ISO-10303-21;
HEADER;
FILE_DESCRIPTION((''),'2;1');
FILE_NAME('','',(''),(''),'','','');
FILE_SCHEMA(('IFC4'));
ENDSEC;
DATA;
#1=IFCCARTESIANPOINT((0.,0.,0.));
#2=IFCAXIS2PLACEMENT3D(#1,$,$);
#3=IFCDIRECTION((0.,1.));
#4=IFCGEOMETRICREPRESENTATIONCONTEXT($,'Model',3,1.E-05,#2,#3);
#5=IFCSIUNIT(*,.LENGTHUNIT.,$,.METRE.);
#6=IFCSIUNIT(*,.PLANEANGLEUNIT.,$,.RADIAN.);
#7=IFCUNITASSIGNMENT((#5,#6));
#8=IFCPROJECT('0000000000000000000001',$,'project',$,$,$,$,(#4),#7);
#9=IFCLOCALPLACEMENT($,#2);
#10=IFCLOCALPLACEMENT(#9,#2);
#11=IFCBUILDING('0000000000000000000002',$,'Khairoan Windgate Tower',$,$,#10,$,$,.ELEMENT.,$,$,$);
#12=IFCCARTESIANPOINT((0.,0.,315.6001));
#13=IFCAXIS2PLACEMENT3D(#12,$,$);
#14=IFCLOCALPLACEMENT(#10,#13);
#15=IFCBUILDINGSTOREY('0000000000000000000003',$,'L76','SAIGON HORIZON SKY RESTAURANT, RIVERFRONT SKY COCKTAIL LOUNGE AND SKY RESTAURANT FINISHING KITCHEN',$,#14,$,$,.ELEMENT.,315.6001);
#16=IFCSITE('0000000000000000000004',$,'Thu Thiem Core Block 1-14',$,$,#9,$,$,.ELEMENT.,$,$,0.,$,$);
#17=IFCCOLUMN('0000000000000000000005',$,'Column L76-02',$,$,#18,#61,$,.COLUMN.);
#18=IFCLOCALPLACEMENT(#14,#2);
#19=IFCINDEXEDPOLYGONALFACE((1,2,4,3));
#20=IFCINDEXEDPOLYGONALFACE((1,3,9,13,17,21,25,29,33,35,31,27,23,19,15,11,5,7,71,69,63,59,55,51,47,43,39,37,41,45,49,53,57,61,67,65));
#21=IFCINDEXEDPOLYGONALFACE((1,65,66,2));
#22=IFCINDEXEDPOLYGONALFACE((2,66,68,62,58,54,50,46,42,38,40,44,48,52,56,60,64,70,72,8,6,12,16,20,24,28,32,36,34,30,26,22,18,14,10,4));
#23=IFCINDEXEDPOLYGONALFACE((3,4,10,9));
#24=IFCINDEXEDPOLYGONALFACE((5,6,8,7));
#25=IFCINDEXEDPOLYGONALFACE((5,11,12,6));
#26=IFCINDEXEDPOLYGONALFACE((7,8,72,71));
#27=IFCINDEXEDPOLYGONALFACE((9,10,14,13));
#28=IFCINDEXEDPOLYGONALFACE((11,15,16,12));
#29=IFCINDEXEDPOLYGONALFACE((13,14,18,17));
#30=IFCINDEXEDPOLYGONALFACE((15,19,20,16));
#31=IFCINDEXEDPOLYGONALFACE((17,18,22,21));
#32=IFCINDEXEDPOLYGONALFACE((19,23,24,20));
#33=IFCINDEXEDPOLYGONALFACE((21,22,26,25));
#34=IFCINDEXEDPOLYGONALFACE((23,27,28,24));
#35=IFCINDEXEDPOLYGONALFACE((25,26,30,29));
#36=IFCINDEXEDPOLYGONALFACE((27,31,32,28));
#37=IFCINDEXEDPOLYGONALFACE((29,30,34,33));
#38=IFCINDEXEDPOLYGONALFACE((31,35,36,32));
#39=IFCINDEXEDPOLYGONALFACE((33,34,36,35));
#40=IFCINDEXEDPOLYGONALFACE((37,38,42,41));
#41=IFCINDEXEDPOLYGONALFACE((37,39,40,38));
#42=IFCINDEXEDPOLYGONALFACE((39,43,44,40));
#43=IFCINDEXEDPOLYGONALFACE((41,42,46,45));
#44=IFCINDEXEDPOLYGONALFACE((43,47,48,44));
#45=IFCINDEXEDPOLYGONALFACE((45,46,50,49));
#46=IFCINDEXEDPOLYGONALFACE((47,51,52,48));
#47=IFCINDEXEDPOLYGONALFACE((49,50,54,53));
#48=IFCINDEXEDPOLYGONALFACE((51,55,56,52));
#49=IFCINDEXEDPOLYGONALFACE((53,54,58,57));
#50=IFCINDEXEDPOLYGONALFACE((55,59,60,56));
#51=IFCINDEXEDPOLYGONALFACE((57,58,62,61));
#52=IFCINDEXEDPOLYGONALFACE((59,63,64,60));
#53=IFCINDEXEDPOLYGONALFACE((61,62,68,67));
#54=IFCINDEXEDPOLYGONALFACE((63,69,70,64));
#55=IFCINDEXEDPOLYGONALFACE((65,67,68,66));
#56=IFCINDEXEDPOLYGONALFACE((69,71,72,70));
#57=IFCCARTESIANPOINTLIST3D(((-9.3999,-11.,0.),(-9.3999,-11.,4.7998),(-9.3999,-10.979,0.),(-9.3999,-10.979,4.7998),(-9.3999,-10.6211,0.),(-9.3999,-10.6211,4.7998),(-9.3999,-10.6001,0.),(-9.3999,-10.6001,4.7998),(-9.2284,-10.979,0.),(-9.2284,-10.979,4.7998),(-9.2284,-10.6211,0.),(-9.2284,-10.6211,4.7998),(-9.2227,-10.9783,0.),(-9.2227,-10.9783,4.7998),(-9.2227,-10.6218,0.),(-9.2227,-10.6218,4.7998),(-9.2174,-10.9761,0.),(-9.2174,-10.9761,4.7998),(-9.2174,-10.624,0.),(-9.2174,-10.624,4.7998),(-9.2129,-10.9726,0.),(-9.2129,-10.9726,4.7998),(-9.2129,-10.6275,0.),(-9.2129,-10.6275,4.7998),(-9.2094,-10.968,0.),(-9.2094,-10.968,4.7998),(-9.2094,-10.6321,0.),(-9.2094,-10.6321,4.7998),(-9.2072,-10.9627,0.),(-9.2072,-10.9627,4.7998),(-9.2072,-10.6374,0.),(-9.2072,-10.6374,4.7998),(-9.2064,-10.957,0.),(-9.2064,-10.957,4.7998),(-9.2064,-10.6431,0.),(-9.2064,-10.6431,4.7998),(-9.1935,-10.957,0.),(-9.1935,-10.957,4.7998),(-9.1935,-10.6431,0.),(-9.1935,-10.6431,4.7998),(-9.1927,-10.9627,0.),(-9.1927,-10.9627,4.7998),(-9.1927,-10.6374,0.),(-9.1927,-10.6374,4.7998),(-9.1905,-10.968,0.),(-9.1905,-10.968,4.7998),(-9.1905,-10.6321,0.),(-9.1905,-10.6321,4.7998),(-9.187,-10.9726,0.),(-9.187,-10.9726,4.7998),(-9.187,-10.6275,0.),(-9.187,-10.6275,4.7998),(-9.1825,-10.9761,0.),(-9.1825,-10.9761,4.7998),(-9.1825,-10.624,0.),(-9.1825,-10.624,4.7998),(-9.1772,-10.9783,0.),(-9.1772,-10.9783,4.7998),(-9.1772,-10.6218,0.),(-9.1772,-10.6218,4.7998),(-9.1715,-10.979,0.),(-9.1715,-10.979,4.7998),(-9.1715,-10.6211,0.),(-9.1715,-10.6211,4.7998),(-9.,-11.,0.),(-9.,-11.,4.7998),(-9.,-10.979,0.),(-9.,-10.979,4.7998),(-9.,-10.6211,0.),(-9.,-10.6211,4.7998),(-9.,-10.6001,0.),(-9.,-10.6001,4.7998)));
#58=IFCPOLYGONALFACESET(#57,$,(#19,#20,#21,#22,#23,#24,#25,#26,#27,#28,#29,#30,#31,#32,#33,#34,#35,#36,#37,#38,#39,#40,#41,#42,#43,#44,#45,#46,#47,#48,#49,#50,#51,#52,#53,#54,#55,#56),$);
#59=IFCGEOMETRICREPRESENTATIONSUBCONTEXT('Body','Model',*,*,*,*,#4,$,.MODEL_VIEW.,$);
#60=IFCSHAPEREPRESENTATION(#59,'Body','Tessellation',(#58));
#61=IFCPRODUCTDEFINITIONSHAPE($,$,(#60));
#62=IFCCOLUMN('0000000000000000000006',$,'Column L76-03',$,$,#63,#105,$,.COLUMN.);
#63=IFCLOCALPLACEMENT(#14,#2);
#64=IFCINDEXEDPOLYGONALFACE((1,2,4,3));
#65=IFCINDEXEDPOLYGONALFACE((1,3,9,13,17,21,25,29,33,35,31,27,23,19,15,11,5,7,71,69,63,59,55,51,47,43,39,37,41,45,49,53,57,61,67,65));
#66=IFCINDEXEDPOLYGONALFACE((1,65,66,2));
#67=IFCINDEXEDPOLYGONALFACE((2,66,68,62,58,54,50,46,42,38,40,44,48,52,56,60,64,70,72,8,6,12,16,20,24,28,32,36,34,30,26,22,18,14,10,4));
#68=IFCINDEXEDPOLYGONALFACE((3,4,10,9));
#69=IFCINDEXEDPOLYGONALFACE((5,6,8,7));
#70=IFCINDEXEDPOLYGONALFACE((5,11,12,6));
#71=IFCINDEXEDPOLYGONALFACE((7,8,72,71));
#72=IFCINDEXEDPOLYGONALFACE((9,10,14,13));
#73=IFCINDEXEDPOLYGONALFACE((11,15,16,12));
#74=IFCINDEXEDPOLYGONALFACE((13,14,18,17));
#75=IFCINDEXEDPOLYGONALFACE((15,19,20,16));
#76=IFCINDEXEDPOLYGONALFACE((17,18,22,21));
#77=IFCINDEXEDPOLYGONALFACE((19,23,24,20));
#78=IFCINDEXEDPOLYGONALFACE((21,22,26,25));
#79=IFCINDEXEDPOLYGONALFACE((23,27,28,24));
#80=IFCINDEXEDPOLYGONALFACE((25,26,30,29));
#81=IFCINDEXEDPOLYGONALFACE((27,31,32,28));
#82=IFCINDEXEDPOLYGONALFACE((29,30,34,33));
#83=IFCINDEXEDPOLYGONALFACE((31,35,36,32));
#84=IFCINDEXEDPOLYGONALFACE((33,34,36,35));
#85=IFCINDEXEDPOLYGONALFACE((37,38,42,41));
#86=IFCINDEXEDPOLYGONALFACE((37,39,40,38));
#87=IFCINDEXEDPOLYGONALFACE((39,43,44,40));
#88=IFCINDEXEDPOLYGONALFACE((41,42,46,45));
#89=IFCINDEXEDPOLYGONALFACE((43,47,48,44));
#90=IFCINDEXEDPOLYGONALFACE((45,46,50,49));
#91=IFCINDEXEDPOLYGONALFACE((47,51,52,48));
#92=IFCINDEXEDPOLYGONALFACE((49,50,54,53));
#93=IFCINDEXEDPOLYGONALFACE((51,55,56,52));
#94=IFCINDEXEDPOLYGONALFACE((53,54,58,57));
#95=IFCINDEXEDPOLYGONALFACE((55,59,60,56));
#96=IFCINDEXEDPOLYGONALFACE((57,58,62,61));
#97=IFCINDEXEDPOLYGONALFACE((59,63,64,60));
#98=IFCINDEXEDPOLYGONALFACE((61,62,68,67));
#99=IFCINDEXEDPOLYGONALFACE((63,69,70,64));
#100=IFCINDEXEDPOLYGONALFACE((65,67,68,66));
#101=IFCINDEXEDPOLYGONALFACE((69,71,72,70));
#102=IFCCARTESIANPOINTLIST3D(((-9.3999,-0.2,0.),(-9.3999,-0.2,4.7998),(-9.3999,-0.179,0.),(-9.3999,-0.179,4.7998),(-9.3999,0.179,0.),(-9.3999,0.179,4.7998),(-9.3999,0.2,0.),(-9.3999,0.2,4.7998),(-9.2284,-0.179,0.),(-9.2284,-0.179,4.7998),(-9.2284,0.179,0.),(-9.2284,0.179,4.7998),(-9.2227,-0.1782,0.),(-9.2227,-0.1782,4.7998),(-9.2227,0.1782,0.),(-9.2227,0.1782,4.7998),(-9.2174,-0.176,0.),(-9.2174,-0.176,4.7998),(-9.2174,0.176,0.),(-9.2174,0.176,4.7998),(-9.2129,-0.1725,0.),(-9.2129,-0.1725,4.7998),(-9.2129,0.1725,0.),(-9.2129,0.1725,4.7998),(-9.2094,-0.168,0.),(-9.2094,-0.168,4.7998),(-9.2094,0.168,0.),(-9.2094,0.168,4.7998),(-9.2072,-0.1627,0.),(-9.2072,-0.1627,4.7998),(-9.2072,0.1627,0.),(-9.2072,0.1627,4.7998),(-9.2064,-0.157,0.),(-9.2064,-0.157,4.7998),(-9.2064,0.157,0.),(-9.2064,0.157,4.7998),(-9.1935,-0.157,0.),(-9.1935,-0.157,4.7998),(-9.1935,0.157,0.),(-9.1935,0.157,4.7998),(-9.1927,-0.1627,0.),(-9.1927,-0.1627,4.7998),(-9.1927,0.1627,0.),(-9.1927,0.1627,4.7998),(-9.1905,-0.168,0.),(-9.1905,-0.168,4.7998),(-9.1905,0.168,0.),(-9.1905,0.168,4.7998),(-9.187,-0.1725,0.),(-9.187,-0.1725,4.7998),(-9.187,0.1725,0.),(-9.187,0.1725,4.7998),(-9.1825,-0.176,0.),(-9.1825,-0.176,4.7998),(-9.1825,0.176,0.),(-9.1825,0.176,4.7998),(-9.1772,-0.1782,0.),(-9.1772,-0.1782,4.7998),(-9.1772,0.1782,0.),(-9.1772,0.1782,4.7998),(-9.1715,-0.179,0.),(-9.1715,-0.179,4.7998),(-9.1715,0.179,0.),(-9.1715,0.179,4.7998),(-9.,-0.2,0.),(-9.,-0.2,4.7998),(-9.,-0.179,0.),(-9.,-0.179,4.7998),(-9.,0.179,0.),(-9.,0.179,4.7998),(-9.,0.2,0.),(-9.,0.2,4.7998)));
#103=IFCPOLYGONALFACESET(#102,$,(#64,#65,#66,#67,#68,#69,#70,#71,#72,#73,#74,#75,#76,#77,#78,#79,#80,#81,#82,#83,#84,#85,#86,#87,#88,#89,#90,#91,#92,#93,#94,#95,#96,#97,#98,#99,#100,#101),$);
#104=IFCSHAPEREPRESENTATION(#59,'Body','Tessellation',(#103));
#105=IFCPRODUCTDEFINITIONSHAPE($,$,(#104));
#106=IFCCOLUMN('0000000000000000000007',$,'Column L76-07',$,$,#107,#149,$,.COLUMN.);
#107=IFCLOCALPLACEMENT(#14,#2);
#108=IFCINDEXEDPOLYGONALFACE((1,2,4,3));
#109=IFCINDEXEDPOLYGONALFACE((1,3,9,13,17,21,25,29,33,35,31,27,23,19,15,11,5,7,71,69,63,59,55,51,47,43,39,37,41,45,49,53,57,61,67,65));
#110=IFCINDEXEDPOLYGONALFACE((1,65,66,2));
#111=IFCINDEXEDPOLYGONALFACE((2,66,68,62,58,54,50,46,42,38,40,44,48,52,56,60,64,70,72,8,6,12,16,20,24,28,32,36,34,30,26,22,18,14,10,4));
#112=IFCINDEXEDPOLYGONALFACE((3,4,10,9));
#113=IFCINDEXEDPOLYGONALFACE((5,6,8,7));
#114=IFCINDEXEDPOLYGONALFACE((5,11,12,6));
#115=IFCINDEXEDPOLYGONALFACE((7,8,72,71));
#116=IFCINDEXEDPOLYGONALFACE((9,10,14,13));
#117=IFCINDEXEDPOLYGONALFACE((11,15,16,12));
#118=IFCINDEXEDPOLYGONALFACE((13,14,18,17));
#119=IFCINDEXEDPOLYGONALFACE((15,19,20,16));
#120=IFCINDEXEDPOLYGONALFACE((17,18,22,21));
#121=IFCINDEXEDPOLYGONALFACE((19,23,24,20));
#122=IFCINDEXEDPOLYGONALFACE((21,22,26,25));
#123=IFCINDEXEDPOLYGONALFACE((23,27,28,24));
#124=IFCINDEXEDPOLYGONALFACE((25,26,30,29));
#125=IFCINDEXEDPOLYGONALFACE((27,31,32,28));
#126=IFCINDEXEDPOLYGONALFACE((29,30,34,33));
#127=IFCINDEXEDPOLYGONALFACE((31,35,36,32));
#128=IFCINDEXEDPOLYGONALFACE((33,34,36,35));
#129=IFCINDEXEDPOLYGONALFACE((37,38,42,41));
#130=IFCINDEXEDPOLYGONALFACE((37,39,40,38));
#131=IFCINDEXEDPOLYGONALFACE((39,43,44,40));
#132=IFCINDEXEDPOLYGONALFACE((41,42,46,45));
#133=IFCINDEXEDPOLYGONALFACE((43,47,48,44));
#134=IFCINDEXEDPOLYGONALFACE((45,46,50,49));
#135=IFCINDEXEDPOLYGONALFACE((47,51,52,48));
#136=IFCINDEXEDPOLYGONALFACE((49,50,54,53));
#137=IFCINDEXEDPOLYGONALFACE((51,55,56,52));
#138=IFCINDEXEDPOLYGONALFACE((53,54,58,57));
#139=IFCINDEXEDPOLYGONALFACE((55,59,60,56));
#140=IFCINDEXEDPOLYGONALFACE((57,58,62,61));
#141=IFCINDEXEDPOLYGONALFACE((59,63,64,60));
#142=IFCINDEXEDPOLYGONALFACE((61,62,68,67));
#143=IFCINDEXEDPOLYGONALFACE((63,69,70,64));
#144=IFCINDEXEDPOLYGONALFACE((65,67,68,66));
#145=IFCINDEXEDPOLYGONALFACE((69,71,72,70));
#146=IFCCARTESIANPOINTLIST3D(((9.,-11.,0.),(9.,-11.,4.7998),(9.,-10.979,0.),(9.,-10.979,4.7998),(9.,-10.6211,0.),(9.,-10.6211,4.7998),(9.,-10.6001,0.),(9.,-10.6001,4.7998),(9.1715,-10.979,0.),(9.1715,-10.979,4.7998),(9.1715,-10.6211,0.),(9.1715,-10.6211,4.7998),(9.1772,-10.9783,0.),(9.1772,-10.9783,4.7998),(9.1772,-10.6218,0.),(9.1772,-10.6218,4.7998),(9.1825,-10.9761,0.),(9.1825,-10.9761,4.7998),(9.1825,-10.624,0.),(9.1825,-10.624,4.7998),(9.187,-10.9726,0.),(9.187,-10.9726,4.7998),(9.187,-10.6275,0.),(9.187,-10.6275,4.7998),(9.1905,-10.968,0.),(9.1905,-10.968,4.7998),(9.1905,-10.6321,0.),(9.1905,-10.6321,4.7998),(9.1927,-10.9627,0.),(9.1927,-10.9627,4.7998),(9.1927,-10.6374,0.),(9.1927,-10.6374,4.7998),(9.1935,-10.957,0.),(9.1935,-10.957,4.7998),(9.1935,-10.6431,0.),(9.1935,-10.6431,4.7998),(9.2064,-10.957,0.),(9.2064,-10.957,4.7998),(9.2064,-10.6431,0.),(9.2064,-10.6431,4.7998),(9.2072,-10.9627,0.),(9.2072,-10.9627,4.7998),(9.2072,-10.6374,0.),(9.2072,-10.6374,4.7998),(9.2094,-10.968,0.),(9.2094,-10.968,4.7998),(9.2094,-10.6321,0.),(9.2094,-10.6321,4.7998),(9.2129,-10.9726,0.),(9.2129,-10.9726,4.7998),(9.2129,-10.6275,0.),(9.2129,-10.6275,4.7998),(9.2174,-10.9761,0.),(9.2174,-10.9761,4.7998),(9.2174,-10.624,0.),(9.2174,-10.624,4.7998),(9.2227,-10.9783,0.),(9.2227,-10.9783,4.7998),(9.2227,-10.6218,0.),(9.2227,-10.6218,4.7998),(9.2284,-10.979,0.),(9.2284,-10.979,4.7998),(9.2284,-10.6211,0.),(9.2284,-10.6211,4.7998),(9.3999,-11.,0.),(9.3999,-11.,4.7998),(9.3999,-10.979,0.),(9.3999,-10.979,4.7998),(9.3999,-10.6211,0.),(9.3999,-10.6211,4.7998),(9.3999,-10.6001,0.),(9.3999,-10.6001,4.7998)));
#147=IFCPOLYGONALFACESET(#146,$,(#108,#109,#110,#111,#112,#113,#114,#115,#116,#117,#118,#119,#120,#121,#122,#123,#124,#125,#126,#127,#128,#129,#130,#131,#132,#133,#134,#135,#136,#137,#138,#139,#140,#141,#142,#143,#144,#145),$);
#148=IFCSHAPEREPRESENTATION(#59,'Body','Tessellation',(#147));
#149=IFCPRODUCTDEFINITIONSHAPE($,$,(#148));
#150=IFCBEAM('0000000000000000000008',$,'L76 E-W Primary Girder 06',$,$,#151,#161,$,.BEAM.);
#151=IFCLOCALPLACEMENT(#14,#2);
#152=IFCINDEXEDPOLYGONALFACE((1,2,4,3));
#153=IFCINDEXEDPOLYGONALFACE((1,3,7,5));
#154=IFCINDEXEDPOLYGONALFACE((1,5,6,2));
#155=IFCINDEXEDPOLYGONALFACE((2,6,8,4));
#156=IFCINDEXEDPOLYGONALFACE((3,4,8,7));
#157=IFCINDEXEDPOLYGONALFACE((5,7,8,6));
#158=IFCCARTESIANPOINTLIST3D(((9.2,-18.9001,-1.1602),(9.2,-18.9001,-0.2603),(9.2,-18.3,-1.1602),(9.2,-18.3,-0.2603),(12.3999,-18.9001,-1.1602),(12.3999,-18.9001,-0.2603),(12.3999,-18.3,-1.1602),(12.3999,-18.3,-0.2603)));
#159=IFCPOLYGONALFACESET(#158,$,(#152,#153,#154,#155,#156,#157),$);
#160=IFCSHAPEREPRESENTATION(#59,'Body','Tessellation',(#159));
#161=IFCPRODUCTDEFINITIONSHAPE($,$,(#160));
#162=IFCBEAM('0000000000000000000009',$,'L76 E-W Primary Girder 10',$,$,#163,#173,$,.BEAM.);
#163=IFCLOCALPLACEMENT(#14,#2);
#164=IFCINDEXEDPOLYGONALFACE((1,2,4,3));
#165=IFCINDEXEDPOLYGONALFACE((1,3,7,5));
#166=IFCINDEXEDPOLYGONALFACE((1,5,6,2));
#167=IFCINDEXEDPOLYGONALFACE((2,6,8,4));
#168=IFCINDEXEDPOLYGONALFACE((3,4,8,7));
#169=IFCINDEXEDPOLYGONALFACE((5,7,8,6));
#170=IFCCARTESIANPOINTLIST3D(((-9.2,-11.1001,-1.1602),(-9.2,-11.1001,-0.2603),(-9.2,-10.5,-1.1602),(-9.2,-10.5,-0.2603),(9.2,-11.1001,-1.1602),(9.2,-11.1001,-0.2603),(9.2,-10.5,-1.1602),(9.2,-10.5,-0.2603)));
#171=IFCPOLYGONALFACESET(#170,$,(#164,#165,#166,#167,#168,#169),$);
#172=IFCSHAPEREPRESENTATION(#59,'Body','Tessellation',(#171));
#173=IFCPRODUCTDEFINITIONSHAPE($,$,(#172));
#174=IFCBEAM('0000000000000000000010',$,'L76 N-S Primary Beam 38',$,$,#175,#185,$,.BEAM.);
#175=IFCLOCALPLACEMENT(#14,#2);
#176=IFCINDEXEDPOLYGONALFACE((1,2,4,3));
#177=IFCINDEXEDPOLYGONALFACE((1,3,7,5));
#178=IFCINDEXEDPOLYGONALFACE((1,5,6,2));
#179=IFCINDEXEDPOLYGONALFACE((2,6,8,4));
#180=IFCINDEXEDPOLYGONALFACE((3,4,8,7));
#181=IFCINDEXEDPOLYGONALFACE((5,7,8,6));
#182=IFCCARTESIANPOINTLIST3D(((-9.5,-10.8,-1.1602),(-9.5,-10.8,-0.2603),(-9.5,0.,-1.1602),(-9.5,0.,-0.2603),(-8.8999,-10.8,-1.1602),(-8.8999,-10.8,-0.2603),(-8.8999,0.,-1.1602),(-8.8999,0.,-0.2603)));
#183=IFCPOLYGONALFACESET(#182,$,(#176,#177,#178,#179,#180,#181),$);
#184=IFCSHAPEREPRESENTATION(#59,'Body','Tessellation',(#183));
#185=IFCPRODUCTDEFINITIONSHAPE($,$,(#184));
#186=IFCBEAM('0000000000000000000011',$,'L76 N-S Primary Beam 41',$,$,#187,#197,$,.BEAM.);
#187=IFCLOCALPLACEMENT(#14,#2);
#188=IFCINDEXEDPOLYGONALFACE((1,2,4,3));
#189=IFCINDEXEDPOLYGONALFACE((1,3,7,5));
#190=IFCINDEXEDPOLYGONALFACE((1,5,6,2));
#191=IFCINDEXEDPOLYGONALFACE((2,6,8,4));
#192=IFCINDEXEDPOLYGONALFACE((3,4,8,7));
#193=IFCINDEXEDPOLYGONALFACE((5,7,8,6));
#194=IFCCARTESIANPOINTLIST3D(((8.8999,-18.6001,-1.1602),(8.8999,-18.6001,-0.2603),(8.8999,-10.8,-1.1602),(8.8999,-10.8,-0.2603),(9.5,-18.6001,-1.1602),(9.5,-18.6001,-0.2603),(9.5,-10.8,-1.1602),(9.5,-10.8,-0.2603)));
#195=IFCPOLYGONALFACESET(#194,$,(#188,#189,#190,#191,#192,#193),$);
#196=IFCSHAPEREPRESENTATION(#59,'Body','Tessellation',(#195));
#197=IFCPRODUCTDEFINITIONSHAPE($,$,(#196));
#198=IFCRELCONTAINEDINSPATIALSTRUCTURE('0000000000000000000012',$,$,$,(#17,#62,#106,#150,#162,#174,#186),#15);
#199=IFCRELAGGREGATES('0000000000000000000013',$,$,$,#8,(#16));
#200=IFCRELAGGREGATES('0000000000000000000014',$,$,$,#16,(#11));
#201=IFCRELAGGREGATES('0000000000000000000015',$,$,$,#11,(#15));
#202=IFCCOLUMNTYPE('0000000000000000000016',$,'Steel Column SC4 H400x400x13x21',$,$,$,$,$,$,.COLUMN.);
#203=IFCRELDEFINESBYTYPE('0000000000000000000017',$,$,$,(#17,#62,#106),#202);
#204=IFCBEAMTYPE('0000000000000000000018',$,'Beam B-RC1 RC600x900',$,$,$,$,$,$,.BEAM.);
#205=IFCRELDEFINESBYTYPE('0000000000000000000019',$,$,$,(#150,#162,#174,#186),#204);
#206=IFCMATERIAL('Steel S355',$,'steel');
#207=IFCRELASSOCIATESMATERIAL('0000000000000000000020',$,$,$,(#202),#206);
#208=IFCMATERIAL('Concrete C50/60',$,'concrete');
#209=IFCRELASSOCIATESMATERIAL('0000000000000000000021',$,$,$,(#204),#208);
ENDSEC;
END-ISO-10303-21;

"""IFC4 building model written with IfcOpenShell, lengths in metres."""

from ifc_helpers import new_model, si_unit, direction, frame, origin, origin_2d, place, context, subcontext, project, spatial, rectangle, i_section, extrude, material, material_profile, profile_set, type_object, element, save


model = new_model("IFC4")

# Units and contexts
model_context = context("Model", 3, precision=1e-05, world=origin(), true_north=direction((0.0, 1.0)))
body_context = subcontext(model_context, "Body", "Model", "MODEL_VIEW")
ifc_project = project(units=[si_unit("LENGTHUNIT", "METRE"), si_unit("PLANEANGLEUNIT", "RADIAN")], contexts=[model_context])

# Site, building, storey
site_placement = place(None, origin())
site = spatial("IfcSite", under=ifc_project, at=site_placement, Name="Thu Thiem Core Block 1-14", CompositionType="ELEMENT", RefElevation=0.0)
building_placement = place(site_placement, origin())
building = spatial("IfcBuilding", under=site, at=building_placement, Name="Khairoan Windgate Tower", CompositionType="ELEMENT")
storey_placement = place(building_placement, frame((0.0, 0.0, 315.6001)))
storey = spatial("IfcBuildingStorey", under=building, at=storey_placement, Name="L76", Description="SAIGON HORIZON SKY RESTAURANT, RIVERFRONT SKY COCKTAIL LOUNGE AND SKY RESTAURANT FINISHING KITCHEN", CompositionType="ELEMENT", Elevation=315.6001)

# Columns
ifc_material_1 = material(Name="Steel S355", Category="steel")
ifc_material_profile_1 = material_profile(ifc_material_1, i_section(OverallWidth=0.3999, OverallDepth=0.3999, WebThickness=0.0129, FlangeThickness=0.021, FilletRadius=0.022, at=origin_2d()))
ifc_profile_set_1 = profile_set([ifc_material_profile_1], Name="Steel S355")
column_type = type_object("IfcColumnType", Name="Steel Column SC4 H400x400x13x21", PredefinedType="COLUMN", material=ifc_profile_set_1)
for number, where, z_axis, x_axis, name in (
    (1, (-9.2, -10.8, 0.0), (0.0, 0.0, 1.0), (1.0, 0.0, 0.0), "Column L76-02"),
    (2, (-9.2, 0.0, 0.0), (0.0, 0.0, 1.0), (1.0, 0.0, 0.0), "Column L76-03"),
    (3, (9.2, -10.8, 0.0), (0.0, 0.0, 1.0), (1.0, 0.0, 0.0), "Column L76-07"),
):
    element("IfcColumn", number, at=place(storey_placement, frame(where, z_axis=z_axis, x_axis=x_axis)), inside=storey, type_object=column_type, Name=name, PredefinedType="COLUMN", context=body_context, shape_type="SweptSolid", body=[
        extrude(i_section(OverallWidth=0.3999, OverallDepth=0.3999, WebThickness=0.0129, FlangeThickness=0.021, FilletRadius=0.022, at=origin_2d()), origin(), (0.0, 0.0, 1.0), 4.7998),
    ])

# Beams
ifc_material_2 = material(Name="Concrete C50/60", Category="concrete")
ifc_material_profile_2 = material_profile(ifc_material_2, rectangle(XDim=0.6001, YDim=0.8999, at=origin_2d()))
ifc_profile_set_2 = profile_set([ifc_material_profile_2], Name="Concrete C50/60")
beam_type_1 = type_object("IfcBeamType", Name="Beam B-RC1 RC600x900", PredefinedType="BEAM", material=ifc_profile_set_2)
beam_1_placement = place(storey_placement, frame((9.2, -18.6001, -0.7102), z_axis=(1.0, 0.0, 0.0), x_axis=(0.0, 1.0, 0.0)))
element("IfcBeam", 4, at=beam_1_placement, inside=storey, type_object=beam_type_1, Name="L76 E-W Primary Girder 06", PredefinedType="BEAM", context=body_context, shape_type="SweptSolid", body=[
    extrude(rectangle(XDim=0.6001, YDim=0.8999, at=origin_2d()), origin(), (0.0, 0.0, 1.0), 3.2),
])
beam_2_placement = place(storey_placement, frame((-9.2, -10.8, -0.7102), z_axis=(1.0, 0.0, 0.0), x_axis=(0.0, 1.0, 0.0)))
element("IfcBeam", 5, at=beam_2_placement, inside=storey, type_object=beam_type_1, Name="L76 E-W Primary Girder 10", PredefinedType="BEAM", context=body_context, shape_type="SweptSolid", body=[
    extrude(rectangle(XDim=0.6001, YDim=0.8999, at=origin_2d()), origin(), (0.0, 0.0, 1.0), 18.3999),
])
beam_3_placement = place(storey_placement, frame((-9.2, -10.8, -0.7102), z_axis=(0.0, 1.0, 0.0), x_axis=(-1.0, 0.0, 0.0)))
element("IfcBeam", 6, at=beam_3_placement, inside=storey, type_object=beam_type_1, Name="L76 N-S Primary Beam 38", PredefinedType="BEAM", context=body_context, shape_type="SweptSolid", body=[
    extrude(rectangle(XDim=0.6001, YDim=0.8999, at=origin_2d()), origin(), (0.0, 0.0, 1.0), 10.8),
])
beam_4_placement = place(storey_placement, frame((9.2, -18.6001, -0.7102), z_axis=(0.0, 1.0, 0.0), x_axis=(-1.0, 0.0, 0.0)))
element("IfcBeam", 7, at=beam_4_placement, inside=storey, type_object=beam_type_1, Name="L76 N-S Primary Beam 41", PredefinedType="BEAM", context=body_context, shape_type="SweptSolid", body=[
    extrude(rectangle(XDim=0.6001, YDim=0.8999, at=origin_2d()), origin(), (0.0, 0.0, 1.0), 7.8),
])

save(model, "model.ifc")
